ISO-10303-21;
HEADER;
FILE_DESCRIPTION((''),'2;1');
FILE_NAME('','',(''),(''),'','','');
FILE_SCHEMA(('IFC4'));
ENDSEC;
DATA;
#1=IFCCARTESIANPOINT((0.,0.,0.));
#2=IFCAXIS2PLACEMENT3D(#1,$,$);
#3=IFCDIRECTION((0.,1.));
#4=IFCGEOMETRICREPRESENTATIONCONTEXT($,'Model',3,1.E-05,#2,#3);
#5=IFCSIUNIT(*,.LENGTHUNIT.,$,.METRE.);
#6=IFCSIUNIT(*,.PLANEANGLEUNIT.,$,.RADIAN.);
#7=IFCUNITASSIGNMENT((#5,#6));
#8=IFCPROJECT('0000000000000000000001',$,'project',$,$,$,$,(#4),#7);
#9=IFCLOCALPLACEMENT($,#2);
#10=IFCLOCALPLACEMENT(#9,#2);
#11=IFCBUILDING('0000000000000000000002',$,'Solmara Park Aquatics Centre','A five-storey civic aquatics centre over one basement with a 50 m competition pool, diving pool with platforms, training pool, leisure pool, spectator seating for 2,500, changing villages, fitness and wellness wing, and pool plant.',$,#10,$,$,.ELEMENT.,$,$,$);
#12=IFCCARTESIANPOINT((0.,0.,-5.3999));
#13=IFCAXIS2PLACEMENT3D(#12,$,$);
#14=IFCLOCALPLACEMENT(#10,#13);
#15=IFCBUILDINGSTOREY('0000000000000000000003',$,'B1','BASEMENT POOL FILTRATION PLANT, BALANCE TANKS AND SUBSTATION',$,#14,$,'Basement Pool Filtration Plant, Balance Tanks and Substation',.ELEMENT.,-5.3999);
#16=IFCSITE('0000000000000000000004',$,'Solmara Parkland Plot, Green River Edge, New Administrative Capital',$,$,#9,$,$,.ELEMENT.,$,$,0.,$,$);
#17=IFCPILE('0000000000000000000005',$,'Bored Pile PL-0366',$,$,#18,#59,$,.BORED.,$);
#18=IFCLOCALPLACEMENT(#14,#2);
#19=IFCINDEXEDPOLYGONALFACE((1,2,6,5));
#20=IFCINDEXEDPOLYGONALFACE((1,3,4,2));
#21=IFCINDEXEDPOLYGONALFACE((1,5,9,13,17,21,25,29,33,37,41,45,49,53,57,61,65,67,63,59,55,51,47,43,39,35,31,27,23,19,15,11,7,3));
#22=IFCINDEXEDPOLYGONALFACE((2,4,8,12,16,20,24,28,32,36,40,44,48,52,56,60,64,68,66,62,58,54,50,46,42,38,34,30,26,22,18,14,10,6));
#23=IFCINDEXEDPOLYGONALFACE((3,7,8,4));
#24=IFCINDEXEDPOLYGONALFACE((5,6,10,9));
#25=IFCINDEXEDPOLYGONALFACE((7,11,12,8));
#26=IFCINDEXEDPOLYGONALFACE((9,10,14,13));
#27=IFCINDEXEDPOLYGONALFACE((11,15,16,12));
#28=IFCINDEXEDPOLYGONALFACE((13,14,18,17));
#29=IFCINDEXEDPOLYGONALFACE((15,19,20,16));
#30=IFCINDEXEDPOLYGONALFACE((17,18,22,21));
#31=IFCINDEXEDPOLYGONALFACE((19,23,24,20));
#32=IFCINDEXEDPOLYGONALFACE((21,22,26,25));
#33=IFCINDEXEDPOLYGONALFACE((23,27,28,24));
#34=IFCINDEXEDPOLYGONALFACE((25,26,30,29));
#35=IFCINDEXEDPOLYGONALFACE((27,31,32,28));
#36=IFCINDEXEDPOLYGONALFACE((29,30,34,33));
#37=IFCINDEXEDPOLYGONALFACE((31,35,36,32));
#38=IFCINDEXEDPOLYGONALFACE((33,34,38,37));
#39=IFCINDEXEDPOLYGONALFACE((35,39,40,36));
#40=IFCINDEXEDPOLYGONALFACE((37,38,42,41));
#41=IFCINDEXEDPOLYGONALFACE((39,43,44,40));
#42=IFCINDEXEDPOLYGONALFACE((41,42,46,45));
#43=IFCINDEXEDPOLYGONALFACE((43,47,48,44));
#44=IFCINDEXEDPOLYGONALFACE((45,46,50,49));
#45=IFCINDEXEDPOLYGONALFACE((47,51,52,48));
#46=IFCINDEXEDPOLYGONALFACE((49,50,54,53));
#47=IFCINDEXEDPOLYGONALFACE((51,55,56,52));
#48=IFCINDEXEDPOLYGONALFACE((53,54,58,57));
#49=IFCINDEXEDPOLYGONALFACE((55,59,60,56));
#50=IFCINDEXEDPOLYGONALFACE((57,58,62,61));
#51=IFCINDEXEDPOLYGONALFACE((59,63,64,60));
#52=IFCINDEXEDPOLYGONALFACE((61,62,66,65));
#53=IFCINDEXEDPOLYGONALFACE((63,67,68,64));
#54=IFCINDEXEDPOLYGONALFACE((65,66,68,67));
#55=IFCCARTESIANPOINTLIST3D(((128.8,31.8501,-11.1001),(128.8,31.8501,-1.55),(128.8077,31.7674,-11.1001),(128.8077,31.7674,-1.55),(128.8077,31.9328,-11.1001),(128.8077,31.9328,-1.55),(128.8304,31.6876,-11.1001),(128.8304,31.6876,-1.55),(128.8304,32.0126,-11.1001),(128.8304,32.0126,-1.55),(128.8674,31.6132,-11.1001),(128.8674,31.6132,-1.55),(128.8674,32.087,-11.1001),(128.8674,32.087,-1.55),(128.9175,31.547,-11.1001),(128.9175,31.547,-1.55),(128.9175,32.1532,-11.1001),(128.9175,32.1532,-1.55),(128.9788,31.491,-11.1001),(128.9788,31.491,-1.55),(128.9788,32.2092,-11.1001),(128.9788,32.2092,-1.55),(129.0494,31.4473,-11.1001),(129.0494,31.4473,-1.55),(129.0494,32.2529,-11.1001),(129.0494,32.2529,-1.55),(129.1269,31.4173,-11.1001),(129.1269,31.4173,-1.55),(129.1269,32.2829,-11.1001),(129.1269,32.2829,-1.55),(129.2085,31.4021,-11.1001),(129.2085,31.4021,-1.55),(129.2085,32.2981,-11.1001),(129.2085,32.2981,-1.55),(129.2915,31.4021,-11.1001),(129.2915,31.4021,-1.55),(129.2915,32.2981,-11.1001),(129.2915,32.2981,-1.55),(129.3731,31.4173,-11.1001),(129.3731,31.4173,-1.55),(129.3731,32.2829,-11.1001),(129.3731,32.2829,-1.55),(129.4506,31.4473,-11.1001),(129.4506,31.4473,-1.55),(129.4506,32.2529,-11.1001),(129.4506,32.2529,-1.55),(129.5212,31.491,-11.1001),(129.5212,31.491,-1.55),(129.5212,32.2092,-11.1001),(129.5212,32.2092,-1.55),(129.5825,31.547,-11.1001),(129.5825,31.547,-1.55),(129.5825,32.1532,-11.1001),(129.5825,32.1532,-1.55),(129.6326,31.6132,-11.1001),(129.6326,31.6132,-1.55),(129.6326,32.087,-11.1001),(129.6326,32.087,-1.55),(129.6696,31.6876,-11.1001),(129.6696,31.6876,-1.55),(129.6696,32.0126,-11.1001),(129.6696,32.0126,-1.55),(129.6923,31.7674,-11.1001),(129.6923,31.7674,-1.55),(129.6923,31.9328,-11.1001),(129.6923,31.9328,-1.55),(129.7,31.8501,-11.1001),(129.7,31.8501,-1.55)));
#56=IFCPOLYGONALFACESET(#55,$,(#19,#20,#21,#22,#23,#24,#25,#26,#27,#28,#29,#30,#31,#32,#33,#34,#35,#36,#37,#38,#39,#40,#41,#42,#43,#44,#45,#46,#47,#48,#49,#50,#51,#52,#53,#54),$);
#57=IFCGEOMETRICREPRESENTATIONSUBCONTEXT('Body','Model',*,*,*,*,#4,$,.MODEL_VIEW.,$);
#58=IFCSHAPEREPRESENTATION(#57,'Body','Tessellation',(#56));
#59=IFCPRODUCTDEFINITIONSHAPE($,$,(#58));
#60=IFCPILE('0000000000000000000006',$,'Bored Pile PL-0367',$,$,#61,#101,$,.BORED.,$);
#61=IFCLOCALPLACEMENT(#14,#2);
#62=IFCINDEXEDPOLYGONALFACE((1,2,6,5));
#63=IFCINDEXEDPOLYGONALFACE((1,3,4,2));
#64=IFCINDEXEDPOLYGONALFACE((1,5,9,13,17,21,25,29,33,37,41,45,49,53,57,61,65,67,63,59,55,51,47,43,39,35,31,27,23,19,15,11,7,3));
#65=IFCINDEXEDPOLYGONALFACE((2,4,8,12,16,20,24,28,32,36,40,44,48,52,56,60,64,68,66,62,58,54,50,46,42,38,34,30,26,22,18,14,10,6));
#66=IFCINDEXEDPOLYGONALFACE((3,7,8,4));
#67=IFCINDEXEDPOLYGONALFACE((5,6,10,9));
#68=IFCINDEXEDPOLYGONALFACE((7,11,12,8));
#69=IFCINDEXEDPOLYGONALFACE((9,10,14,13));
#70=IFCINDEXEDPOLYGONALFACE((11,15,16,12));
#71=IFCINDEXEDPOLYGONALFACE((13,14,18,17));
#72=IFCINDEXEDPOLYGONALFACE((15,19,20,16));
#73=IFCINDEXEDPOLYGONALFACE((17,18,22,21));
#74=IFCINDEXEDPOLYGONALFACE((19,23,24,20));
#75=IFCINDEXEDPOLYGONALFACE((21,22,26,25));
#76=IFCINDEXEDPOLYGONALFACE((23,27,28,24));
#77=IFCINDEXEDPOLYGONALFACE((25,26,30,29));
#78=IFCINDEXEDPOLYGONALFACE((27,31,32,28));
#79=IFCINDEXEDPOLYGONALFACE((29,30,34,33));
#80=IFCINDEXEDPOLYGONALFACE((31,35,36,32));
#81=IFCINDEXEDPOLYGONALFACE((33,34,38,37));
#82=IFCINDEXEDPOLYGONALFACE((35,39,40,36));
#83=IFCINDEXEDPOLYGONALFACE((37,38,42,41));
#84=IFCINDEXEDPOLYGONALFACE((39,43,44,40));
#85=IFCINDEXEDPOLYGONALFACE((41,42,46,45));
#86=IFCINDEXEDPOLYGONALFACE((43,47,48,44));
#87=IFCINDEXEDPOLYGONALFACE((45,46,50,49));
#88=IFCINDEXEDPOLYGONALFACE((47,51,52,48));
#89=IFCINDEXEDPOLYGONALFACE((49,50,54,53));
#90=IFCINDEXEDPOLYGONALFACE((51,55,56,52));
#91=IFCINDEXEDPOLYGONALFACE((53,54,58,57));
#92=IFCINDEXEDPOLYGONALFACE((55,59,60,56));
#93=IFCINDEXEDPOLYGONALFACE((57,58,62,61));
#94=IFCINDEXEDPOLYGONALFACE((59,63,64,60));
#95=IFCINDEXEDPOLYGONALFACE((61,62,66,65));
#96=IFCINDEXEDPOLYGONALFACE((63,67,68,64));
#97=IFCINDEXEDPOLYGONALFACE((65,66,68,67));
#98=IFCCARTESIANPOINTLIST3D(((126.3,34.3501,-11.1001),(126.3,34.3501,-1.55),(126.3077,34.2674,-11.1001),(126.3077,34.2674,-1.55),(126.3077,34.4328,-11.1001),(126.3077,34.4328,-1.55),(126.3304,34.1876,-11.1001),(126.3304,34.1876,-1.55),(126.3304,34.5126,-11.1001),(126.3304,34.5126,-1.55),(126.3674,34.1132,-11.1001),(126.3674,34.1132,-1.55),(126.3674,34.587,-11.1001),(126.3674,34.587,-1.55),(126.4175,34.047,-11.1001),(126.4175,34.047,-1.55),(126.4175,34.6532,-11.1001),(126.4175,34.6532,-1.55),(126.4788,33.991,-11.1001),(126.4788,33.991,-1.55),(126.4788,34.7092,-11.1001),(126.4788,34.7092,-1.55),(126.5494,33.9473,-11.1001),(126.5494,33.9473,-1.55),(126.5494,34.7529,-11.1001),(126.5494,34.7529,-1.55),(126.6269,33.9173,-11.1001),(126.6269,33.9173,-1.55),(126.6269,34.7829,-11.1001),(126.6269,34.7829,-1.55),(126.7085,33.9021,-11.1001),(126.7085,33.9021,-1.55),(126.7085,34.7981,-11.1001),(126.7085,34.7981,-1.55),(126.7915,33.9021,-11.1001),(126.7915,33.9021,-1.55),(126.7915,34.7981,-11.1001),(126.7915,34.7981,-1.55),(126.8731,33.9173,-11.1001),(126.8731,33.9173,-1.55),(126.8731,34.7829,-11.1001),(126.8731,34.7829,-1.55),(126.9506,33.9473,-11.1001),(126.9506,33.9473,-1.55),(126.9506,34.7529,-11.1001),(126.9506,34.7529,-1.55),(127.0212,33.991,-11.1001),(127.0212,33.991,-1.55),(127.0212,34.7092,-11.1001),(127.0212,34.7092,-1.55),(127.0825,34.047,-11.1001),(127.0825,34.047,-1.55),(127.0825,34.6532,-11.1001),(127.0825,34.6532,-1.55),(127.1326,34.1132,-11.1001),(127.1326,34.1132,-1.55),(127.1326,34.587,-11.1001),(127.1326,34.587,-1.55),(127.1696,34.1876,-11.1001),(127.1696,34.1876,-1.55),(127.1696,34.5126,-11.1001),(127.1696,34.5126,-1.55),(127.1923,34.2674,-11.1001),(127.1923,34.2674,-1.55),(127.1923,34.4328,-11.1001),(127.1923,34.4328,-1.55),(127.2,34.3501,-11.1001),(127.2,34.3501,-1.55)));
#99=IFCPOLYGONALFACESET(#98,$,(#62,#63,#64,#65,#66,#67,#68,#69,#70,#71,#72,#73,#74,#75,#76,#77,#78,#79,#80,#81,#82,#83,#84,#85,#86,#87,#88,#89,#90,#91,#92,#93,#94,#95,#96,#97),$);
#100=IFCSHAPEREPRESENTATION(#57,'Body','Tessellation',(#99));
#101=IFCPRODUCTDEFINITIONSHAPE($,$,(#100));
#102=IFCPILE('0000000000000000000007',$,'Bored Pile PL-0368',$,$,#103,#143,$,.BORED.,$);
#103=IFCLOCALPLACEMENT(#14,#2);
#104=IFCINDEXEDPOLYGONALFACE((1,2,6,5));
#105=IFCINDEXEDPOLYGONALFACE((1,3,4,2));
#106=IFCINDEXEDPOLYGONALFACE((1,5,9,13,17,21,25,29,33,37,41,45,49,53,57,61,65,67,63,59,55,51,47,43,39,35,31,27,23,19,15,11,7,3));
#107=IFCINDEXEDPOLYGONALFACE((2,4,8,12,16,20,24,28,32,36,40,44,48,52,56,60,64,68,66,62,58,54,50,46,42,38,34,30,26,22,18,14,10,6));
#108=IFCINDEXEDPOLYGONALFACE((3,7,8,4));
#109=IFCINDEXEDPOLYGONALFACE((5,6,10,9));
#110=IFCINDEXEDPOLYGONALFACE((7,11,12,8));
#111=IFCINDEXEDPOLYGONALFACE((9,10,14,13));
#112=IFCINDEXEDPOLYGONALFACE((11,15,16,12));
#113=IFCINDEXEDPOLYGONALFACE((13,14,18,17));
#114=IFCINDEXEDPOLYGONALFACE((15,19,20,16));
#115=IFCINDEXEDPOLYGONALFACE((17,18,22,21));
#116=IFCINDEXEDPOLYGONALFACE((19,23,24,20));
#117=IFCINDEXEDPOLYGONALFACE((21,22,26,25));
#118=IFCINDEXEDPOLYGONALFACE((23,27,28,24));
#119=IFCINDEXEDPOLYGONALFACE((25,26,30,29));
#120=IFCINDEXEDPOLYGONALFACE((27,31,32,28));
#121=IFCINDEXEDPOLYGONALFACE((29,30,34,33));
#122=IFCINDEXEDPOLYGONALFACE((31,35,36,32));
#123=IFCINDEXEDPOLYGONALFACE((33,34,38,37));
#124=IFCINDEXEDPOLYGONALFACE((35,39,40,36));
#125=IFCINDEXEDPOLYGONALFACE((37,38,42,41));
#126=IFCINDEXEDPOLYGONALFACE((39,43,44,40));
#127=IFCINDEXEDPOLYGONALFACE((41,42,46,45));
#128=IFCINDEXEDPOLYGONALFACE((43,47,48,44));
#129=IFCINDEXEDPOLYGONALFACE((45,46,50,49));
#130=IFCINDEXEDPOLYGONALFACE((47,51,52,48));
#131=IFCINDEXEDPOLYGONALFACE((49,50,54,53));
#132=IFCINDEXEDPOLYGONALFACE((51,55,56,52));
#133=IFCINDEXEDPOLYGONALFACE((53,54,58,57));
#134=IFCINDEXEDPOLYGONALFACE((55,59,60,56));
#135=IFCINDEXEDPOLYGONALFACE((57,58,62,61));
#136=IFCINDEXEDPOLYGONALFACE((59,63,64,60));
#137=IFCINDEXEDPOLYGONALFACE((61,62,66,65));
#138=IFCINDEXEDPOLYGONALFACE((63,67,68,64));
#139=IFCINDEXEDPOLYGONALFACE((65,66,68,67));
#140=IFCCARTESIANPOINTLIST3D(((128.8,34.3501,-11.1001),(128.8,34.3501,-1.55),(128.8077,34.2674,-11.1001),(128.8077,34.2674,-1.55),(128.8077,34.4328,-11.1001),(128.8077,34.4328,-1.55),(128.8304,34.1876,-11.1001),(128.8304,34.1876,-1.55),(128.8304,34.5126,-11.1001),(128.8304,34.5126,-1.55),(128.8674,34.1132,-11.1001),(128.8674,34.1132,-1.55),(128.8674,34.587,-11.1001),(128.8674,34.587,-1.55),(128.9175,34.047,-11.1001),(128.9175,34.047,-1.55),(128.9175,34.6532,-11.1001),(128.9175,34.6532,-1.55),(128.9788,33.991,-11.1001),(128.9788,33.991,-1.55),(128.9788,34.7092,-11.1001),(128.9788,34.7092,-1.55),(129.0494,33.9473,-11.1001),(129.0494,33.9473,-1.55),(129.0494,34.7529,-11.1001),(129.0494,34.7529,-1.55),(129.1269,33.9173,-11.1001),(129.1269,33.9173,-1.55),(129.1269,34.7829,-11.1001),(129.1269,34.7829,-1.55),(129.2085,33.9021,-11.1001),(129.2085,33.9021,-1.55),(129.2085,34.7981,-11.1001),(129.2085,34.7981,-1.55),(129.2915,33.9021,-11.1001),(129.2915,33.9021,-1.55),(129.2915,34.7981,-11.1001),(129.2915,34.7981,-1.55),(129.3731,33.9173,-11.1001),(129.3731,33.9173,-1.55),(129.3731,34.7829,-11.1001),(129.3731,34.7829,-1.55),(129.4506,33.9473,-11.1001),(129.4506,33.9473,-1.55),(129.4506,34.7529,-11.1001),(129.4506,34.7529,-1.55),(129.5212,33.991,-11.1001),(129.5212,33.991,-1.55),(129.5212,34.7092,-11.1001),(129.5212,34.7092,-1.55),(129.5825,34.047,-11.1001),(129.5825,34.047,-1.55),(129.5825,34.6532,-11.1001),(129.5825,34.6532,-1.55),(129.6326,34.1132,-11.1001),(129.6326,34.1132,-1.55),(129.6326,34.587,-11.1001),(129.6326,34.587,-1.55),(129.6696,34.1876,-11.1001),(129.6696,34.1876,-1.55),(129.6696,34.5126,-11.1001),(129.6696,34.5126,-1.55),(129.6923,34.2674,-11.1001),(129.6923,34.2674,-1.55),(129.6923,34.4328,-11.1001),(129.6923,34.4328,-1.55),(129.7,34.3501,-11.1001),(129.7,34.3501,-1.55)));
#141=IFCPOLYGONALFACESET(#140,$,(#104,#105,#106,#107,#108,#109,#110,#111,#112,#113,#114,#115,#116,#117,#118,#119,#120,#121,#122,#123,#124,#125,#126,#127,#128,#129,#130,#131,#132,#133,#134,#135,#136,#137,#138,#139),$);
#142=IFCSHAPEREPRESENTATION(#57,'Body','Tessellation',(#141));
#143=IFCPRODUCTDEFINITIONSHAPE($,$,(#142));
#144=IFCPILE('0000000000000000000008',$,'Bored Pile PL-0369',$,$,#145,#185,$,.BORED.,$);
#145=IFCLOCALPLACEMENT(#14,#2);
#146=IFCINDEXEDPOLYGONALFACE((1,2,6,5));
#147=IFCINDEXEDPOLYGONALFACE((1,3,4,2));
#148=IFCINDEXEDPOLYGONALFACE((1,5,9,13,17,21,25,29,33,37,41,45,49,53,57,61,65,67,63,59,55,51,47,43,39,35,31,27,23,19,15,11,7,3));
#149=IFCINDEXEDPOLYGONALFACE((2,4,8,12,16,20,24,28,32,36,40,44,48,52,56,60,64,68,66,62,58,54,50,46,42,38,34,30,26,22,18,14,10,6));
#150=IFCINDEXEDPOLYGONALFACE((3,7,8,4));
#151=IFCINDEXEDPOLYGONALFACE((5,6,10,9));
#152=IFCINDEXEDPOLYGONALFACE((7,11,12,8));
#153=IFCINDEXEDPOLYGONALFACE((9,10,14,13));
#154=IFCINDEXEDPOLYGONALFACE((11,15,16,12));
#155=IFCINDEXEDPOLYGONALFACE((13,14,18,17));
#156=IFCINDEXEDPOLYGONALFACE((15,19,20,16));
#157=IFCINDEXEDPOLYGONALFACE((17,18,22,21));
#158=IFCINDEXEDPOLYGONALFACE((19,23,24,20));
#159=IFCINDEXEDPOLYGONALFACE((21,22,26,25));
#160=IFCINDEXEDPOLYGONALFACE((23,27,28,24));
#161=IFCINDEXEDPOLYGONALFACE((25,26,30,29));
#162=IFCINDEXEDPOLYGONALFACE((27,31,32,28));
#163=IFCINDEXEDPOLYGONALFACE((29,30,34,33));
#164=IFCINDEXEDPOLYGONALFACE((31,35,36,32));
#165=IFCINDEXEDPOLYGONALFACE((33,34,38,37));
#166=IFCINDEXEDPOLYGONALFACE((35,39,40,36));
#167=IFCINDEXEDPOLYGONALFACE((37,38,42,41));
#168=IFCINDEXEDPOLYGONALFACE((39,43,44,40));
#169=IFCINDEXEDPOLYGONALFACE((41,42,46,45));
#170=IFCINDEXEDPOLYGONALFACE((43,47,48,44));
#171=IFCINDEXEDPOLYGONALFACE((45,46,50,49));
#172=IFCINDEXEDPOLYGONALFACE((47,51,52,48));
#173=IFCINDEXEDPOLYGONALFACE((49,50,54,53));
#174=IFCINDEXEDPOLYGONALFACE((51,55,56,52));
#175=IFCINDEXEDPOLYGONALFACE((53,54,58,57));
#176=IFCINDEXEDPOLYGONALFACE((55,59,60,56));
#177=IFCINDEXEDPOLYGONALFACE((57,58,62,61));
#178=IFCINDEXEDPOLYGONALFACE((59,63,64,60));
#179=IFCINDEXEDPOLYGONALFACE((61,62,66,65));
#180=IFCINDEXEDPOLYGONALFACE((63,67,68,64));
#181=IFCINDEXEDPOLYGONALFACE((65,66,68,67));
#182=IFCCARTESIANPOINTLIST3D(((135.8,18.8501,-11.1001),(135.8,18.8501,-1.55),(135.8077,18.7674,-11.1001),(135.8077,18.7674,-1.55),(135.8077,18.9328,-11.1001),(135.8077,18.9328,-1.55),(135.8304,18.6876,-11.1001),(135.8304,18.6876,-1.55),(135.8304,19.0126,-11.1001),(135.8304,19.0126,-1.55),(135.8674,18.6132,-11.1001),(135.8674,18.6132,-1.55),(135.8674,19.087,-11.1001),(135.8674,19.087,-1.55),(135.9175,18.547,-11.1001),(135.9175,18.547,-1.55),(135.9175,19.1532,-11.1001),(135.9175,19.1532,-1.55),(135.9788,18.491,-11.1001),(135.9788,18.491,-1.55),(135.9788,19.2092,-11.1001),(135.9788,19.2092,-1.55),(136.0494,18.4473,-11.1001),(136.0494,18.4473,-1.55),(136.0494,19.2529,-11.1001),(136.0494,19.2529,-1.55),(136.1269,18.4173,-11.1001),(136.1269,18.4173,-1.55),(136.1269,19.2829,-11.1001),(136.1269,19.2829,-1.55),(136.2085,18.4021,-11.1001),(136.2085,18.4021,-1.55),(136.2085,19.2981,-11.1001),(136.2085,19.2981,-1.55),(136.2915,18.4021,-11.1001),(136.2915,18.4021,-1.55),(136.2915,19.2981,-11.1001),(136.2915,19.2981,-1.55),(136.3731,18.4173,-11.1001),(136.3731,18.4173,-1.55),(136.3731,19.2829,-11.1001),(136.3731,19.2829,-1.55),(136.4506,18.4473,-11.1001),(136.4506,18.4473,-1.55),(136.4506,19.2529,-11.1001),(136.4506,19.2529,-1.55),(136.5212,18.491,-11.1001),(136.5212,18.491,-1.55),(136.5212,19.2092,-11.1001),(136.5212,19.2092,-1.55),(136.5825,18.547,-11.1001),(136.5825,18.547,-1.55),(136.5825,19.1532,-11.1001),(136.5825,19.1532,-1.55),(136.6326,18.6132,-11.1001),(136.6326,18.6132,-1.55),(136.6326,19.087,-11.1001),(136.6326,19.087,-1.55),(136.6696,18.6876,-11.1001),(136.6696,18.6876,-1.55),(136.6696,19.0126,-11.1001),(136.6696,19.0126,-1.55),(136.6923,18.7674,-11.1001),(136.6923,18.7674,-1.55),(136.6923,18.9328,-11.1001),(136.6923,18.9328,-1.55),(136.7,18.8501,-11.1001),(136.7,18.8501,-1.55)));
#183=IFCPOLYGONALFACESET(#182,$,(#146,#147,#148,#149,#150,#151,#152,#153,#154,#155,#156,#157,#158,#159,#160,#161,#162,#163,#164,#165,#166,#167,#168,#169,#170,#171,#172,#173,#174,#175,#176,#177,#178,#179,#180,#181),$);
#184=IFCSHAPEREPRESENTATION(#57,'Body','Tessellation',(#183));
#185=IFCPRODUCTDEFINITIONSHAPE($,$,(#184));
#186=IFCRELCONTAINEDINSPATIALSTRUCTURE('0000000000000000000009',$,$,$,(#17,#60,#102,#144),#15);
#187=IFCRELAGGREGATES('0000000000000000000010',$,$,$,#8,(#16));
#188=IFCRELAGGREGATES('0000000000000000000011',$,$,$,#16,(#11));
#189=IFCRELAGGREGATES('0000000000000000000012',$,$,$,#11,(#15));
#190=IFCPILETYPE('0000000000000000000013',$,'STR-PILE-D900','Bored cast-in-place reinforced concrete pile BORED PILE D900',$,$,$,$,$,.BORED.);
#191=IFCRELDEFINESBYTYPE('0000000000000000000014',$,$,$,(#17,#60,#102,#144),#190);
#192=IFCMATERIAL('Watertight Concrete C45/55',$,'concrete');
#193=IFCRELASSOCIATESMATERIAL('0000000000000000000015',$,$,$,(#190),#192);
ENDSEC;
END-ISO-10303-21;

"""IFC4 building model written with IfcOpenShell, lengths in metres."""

from ifc_helpers import new_model, si_unit, direction, frame, origin, origin_2d, place, context, subcontext, project, spatial, circle, extrude, material, material_profile, profile_set, type_object, element, save


model = new_model("IFC4")

# Units and contexts
model_context = context("Model", 3, precision=1e-05, world=origin(), true_north=direction((0.0, 1.0)))
body_context = subcontext(model_context, "Body", "Model", "MODEL_VIEW")
ifc_project = project(units=[si_unit("LENGTHUNIT", "METRE"), si_unit("PLANEANGLEUNIT", "RADIAN")], contexts=[model_context])

# Site, building, storey
site_placement = place(None, origin())
site = spatial("IfcSite", under=ifc_project, at=site_placement, Name="Solmara Parkland Plot, Green River Edge, New Administrative Capital", CompositionType="ELEMENT", RefElevation=0.0)
building_placement = place(site_placement, origin())
building = spatial("IfcBuilding", under=site, at=building_placement, Name="Solmara Park Aquatics Centre", Description="A five-storey civic aquatics centre over one basement with a 50 m competition pool, diving pool with platforms, training pool, leisure pool, spectator seating for 2,500, changing villages, fitness and wellness wing, and pool plant.", CompositionType="ELEMENT")
storey_placement = place(building_placement, frame((0.0, 0.0, -5.3999)))
storey = spatial("IfcBuildingStorey", under=building, at=storey_placement, Name="B1", Description="BASEMENT POOL FILTRATION PLANT, BALANCE TANKS AND SUBSTATION", LongName="Basement Pool Filtration Plant, Balance Tanks and Substation", CompositionType="ELEMENT", Elevation=-5.3999)

# Shared definitions
ifc_material_1 = material(Name="Watertight Concrete C45/55", Category="concrete")

# Piles
ifc_material_profile_1 = material_profile(ifc_material_1, circle(Radius=0.45, at=origin_2d()), Name="BORED PILE D900")
ifc_profile_set_1 = profile_set([ifc_material_profile_1], Name="Watertight Concrete C45/55")
pile_type_1 = type_object("IfcPileType", Name="STR-PILE-D900", Description="Bored cast-in-place reinforced concrete pile BORED PILE D900", PredefinedType="BORED", material=ifc_profile_set_1)
for number, where, z_axis, x_axis, name in (
    (1, (129.25, 31.8501, -1.55), (0.0, 0.0, -1.0), (1.0, 0.0, 0.0), "Bored Pile PL-0366"),
    (2, (126.75, 34.3501, -1.55), (0.0, 0.0, -1.0), (1.0, 0.0, 0.0), "Bored Pile PL-0367"),
    (3, (129.25, 34.3501, -1.55), (0.0, 0.0, -1.0), (1.0, 0.0, 0.0), "Bored Pile PL-0368"),
    (4, (136.25, 18.8501, -1.55), (0.0, 0.0, -1.0), (1.0, 0.0, 0.0), "Bored Pile PL-0369"),
):
    element("IfcPile", number, at=place(storey_placement, frame(where, z_axis=z_axis, x_axis=x_axis)), inside=storey, type_object=pile_type_1, Name=name, PredefinedType="BORED", context=body_context, shape_type="SweptSolid", body=[
        extrude(circle(Radius=0.45, at=origin_2d()), origin(), (0.0, 0.0, 1.0), 9.55),
    ])

save(model, "model.ifc")
